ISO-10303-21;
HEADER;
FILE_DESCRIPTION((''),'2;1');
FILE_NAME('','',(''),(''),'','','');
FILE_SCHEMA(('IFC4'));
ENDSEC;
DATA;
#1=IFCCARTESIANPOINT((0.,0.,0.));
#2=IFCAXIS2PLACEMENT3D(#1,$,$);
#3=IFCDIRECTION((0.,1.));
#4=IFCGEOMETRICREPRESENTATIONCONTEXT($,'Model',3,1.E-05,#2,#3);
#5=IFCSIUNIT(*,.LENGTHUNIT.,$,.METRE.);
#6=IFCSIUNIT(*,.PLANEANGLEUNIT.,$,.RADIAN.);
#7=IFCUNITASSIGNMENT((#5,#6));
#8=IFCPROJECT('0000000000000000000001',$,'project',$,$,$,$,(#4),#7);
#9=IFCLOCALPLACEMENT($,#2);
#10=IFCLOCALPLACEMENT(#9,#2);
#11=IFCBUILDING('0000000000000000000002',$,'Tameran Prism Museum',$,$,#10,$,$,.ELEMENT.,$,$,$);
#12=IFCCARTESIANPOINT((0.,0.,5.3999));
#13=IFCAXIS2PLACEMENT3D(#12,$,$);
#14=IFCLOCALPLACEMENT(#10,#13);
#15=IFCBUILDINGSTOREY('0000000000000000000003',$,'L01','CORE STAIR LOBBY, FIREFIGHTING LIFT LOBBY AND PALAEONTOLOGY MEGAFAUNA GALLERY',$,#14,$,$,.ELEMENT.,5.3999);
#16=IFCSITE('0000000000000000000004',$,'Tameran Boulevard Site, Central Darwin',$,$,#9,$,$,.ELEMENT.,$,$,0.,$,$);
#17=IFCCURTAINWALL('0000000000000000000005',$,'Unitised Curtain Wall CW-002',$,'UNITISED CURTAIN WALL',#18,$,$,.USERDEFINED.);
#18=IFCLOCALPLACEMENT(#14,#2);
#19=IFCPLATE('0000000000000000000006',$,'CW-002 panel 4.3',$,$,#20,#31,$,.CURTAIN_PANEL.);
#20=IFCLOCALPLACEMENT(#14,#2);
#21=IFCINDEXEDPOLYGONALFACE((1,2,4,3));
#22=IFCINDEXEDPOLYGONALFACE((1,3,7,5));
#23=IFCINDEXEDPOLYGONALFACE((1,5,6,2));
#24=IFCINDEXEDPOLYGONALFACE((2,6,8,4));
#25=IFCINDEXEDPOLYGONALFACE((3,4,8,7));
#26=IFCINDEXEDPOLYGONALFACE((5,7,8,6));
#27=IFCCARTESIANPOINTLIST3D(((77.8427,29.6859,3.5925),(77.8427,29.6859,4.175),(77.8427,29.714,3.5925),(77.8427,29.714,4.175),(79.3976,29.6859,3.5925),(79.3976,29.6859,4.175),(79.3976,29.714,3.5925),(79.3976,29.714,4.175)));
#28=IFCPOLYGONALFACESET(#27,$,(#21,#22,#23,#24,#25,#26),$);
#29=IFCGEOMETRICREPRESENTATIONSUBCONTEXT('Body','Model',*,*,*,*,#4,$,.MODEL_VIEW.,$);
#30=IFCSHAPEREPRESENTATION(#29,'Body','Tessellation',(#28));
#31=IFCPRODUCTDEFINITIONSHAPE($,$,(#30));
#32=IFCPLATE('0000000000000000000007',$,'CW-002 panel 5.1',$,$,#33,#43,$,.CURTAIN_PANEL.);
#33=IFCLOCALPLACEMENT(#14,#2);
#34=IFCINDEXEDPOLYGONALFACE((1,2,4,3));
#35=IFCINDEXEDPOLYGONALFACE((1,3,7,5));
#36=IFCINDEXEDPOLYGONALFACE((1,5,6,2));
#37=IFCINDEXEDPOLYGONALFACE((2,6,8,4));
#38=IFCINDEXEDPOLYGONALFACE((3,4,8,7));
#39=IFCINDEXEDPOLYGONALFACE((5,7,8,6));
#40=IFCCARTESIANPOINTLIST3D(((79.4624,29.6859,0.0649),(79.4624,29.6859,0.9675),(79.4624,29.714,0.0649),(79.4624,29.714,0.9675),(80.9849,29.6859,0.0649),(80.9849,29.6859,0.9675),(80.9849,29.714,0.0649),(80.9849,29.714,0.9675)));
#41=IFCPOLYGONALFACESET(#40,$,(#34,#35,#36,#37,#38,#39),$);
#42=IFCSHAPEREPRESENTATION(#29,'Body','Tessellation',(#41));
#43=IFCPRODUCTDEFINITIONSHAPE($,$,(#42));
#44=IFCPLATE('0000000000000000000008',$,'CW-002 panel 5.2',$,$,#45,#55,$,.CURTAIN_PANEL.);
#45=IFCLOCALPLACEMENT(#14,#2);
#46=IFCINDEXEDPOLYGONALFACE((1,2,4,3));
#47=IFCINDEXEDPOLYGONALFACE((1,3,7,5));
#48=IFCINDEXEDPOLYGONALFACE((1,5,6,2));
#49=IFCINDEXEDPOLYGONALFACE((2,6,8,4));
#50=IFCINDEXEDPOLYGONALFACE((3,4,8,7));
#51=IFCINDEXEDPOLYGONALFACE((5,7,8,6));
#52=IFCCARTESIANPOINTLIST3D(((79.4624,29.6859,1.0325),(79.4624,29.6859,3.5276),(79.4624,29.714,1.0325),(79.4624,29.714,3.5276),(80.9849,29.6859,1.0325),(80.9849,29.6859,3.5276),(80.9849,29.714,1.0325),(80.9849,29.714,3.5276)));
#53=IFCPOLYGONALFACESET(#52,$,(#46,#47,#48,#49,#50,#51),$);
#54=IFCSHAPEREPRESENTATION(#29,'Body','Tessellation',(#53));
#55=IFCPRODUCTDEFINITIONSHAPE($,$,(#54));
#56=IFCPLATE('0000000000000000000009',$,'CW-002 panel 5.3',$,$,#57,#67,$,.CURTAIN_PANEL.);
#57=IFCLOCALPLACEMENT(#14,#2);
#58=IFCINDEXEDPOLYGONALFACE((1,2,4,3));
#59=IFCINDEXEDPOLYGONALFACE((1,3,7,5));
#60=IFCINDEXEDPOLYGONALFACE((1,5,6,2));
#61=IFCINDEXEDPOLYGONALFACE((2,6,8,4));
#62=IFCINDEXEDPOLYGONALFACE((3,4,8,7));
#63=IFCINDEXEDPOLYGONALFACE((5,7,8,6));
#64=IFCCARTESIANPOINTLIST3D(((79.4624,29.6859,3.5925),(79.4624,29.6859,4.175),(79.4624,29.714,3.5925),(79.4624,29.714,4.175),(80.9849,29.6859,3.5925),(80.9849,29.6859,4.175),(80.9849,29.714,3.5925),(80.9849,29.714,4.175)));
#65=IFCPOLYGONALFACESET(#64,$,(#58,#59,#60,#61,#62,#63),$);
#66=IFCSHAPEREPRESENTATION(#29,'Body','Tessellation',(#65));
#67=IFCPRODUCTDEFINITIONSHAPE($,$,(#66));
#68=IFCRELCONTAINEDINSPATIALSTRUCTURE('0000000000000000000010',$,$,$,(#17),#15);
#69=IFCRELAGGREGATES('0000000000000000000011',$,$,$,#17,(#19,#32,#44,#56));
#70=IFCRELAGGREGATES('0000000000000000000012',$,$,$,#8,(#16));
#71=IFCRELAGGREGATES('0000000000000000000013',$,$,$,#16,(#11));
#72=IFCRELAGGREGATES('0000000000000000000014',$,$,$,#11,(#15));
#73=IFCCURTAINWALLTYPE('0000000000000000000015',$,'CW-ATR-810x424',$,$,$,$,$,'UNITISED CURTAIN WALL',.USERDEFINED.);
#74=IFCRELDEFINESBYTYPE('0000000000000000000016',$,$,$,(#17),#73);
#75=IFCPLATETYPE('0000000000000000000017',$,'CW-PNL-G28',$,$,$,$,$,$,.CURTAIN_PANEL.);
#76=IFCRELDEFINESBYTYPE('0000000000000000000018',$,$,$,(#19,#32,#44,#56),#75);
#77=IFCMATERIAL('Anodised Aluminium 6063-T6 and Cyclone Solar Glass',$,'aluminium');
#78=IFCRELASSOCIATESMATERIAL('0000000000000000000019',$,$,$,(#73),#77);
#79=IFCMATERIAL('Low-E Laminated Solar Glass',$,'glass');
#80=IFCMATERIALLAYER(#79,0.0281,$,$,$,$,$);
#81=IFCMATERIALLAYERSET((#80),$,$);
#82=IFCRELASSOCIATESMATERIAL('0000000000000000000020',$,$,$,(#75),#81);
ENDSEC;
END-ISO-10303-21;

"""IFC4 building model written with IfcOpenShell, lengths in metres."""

from ifc_helpers import new_model, si_unit, direction, frame, origin, origin_2d, place, context, subcontext, project, spatial, rectangle, extrude, material, layer, layer_set, type_object, element, aggregate, save


model = new_model("IFC4")

# Units and contexts
model_context = context("Model", 3, precision=1e-05, world=origin(), true_north=direction((0.0, 1.0)))
body_context = subcontext(model_context, "Body", "Model", "MODEL_VIEW")
ifc_project = project(units=[si_unit("LENGTHUNIT", "METRE"), si_unit("PLANEANGLEUNIT", "RADIAN")], contexts=[model_context])

# Site, building, storey
site_placement = place(None, origin())
site = spatial("IfcSite", under=ifc_project, at=site_placement, Name="Tameran Boulevard Site, Central Darwin", CompositionType="ELEMENT", RefElevation=0.0)
building_placement = place(site_placement, origin())
building = spatial("IfcBuilding", under=site, at=building_placement, Name="Tameran Prism Museum", CompositionType="ELEMENT")
storey_placement = place(building_placement, frame((0.0, 0.0, 5.3999)))
storey = spatial("IfcBuildingStorey", under=building, at=storey_placement, Name="L01", Description="CORE STAIR LOBBY, FIREFIGHTING LIFT LOBBY AND PALAEONTOLOGY MEGAFAUNA GALLERY", CompositionType="ELEMENT", Elevation=5.3999)

# Curtain wall
ifc_material_1 = material(Name="Anodised Aluminium 6063-T6 and Cyclone Solar Glass", Category="aluminium")
curtain_wall_type_1 = type_object("IfcCurtainWallType", Name="CW-ATR-810x424", ElementType="UNITISED CURTAIN WALL", PredefinedType="USERDEFINED", material=ifc_material_1)
curtain_wall_1_placement = place(storey_placement, origin())
curtain_wall_1 = element("IfcCurtainWall", 1, at=curtain_wall_1_placement, inside=storey, type_object=curtain_wall_type_1, Name="Unitised Curtain Wall CW-002", ObjectType="UNITISED CURTAIN WALL", PredefinedType="USERDEFINED")

# Plates
ifc_material_2 = material(Name="Low-E Laminated Solar Glass", Category="glass")
ifc_layer = layer(ifc_material_2, 0.0281)
ifc_layer_set = layer_set([ifc_layer])
plate_type = type_object("IfcPlateType", Name="CW-PNL-G28", PredefinedType="CURTAIN_PANEL", material=ifc_layer_set)
plate_1_placement = place(storey_placement, frame((78.6201, 29.7, 3.5925), z_axis=(0.0, 0.0, 1.0), x_axis=(1.0, 0.0, 0.0)))
plate_1 = element("IfcPlate", 2, at=plate_1_placement, type_object=plate_type, Name="CW-002 panel 4.3", PredefinedType="CURTAIN_PANEL", context=body_context, shape_type="SweptSolid", body=[
    extrude(rectangle(XDim=1.5549, YDim=0.0281, at=origin_2d()), origin(), (0.0, 0.0, 1.0), 0.5825),
])
plate_2_placement = place(storey_placement, frame((80.2236, 29.7, 0.0649), z_axis=(0.0, 0.0, 1.0), x_axis=(1.0, 0.0, 0.0)))
plate_2 = element("IfcPlate", 3, at=plate_2_placement, type_object=plate_type, Name="CW-002 panel 5.1", PredefinedType="CURTAIN_PANEL", context=body_context, shape_type="SweptSolid", body=[
    extrude(rectangle(XDim=1.5225, YDim=0.0281, at=origin_2d()), origin(), (0.0, 0.0, 1.0), 0.9026),
])
plate_3_placement = place(storey_placement, frame((80.2236, 29.7, 1.0325), z_axis=(0.0, 0.0, 1.0), x_axis=(1.0, 0.0, 0.0)))
plate_3 = element("IfcPlate", 4, at=plate_3_placement, type_object=plate_type, Name="CW-002 panel 5.2", PredefinedType="CURTAIN_PANEL", context=body_context, shape_type="SweptSolid", body=[
    extrude(rectangle(XDim=1.5225, YDim=0.0281, at=origin_2d()), origin(), (0.0, 0.0, 1.0), 2.4951),
])
plate_4_placement = place(storey_placement, frame((80.2236, 29.7, 3.5925), z_axis=(0.0, 0.0, 1.0), x_axis=(1.0, 0.0, 0.0)))
plate_4 = element("IfcPlate", 5, at=plate_4_placement, type_object=plate_type, Name="CW-002 panel 5.3", PredefinedType="CURTAIN_PANEL", context=body_context, shape_type="SweptSolid", body=[
    extrude(rectangle(XDim=1.5225, YDim=0.0281, at=origin_2d()), origin(), (0.0, 0.0, 1.0), 0.5825),
])
aggregate(curtain_wall_1, [plate_1, plate_2, plate_3, plate_4])

save(model, "model.ifc")
